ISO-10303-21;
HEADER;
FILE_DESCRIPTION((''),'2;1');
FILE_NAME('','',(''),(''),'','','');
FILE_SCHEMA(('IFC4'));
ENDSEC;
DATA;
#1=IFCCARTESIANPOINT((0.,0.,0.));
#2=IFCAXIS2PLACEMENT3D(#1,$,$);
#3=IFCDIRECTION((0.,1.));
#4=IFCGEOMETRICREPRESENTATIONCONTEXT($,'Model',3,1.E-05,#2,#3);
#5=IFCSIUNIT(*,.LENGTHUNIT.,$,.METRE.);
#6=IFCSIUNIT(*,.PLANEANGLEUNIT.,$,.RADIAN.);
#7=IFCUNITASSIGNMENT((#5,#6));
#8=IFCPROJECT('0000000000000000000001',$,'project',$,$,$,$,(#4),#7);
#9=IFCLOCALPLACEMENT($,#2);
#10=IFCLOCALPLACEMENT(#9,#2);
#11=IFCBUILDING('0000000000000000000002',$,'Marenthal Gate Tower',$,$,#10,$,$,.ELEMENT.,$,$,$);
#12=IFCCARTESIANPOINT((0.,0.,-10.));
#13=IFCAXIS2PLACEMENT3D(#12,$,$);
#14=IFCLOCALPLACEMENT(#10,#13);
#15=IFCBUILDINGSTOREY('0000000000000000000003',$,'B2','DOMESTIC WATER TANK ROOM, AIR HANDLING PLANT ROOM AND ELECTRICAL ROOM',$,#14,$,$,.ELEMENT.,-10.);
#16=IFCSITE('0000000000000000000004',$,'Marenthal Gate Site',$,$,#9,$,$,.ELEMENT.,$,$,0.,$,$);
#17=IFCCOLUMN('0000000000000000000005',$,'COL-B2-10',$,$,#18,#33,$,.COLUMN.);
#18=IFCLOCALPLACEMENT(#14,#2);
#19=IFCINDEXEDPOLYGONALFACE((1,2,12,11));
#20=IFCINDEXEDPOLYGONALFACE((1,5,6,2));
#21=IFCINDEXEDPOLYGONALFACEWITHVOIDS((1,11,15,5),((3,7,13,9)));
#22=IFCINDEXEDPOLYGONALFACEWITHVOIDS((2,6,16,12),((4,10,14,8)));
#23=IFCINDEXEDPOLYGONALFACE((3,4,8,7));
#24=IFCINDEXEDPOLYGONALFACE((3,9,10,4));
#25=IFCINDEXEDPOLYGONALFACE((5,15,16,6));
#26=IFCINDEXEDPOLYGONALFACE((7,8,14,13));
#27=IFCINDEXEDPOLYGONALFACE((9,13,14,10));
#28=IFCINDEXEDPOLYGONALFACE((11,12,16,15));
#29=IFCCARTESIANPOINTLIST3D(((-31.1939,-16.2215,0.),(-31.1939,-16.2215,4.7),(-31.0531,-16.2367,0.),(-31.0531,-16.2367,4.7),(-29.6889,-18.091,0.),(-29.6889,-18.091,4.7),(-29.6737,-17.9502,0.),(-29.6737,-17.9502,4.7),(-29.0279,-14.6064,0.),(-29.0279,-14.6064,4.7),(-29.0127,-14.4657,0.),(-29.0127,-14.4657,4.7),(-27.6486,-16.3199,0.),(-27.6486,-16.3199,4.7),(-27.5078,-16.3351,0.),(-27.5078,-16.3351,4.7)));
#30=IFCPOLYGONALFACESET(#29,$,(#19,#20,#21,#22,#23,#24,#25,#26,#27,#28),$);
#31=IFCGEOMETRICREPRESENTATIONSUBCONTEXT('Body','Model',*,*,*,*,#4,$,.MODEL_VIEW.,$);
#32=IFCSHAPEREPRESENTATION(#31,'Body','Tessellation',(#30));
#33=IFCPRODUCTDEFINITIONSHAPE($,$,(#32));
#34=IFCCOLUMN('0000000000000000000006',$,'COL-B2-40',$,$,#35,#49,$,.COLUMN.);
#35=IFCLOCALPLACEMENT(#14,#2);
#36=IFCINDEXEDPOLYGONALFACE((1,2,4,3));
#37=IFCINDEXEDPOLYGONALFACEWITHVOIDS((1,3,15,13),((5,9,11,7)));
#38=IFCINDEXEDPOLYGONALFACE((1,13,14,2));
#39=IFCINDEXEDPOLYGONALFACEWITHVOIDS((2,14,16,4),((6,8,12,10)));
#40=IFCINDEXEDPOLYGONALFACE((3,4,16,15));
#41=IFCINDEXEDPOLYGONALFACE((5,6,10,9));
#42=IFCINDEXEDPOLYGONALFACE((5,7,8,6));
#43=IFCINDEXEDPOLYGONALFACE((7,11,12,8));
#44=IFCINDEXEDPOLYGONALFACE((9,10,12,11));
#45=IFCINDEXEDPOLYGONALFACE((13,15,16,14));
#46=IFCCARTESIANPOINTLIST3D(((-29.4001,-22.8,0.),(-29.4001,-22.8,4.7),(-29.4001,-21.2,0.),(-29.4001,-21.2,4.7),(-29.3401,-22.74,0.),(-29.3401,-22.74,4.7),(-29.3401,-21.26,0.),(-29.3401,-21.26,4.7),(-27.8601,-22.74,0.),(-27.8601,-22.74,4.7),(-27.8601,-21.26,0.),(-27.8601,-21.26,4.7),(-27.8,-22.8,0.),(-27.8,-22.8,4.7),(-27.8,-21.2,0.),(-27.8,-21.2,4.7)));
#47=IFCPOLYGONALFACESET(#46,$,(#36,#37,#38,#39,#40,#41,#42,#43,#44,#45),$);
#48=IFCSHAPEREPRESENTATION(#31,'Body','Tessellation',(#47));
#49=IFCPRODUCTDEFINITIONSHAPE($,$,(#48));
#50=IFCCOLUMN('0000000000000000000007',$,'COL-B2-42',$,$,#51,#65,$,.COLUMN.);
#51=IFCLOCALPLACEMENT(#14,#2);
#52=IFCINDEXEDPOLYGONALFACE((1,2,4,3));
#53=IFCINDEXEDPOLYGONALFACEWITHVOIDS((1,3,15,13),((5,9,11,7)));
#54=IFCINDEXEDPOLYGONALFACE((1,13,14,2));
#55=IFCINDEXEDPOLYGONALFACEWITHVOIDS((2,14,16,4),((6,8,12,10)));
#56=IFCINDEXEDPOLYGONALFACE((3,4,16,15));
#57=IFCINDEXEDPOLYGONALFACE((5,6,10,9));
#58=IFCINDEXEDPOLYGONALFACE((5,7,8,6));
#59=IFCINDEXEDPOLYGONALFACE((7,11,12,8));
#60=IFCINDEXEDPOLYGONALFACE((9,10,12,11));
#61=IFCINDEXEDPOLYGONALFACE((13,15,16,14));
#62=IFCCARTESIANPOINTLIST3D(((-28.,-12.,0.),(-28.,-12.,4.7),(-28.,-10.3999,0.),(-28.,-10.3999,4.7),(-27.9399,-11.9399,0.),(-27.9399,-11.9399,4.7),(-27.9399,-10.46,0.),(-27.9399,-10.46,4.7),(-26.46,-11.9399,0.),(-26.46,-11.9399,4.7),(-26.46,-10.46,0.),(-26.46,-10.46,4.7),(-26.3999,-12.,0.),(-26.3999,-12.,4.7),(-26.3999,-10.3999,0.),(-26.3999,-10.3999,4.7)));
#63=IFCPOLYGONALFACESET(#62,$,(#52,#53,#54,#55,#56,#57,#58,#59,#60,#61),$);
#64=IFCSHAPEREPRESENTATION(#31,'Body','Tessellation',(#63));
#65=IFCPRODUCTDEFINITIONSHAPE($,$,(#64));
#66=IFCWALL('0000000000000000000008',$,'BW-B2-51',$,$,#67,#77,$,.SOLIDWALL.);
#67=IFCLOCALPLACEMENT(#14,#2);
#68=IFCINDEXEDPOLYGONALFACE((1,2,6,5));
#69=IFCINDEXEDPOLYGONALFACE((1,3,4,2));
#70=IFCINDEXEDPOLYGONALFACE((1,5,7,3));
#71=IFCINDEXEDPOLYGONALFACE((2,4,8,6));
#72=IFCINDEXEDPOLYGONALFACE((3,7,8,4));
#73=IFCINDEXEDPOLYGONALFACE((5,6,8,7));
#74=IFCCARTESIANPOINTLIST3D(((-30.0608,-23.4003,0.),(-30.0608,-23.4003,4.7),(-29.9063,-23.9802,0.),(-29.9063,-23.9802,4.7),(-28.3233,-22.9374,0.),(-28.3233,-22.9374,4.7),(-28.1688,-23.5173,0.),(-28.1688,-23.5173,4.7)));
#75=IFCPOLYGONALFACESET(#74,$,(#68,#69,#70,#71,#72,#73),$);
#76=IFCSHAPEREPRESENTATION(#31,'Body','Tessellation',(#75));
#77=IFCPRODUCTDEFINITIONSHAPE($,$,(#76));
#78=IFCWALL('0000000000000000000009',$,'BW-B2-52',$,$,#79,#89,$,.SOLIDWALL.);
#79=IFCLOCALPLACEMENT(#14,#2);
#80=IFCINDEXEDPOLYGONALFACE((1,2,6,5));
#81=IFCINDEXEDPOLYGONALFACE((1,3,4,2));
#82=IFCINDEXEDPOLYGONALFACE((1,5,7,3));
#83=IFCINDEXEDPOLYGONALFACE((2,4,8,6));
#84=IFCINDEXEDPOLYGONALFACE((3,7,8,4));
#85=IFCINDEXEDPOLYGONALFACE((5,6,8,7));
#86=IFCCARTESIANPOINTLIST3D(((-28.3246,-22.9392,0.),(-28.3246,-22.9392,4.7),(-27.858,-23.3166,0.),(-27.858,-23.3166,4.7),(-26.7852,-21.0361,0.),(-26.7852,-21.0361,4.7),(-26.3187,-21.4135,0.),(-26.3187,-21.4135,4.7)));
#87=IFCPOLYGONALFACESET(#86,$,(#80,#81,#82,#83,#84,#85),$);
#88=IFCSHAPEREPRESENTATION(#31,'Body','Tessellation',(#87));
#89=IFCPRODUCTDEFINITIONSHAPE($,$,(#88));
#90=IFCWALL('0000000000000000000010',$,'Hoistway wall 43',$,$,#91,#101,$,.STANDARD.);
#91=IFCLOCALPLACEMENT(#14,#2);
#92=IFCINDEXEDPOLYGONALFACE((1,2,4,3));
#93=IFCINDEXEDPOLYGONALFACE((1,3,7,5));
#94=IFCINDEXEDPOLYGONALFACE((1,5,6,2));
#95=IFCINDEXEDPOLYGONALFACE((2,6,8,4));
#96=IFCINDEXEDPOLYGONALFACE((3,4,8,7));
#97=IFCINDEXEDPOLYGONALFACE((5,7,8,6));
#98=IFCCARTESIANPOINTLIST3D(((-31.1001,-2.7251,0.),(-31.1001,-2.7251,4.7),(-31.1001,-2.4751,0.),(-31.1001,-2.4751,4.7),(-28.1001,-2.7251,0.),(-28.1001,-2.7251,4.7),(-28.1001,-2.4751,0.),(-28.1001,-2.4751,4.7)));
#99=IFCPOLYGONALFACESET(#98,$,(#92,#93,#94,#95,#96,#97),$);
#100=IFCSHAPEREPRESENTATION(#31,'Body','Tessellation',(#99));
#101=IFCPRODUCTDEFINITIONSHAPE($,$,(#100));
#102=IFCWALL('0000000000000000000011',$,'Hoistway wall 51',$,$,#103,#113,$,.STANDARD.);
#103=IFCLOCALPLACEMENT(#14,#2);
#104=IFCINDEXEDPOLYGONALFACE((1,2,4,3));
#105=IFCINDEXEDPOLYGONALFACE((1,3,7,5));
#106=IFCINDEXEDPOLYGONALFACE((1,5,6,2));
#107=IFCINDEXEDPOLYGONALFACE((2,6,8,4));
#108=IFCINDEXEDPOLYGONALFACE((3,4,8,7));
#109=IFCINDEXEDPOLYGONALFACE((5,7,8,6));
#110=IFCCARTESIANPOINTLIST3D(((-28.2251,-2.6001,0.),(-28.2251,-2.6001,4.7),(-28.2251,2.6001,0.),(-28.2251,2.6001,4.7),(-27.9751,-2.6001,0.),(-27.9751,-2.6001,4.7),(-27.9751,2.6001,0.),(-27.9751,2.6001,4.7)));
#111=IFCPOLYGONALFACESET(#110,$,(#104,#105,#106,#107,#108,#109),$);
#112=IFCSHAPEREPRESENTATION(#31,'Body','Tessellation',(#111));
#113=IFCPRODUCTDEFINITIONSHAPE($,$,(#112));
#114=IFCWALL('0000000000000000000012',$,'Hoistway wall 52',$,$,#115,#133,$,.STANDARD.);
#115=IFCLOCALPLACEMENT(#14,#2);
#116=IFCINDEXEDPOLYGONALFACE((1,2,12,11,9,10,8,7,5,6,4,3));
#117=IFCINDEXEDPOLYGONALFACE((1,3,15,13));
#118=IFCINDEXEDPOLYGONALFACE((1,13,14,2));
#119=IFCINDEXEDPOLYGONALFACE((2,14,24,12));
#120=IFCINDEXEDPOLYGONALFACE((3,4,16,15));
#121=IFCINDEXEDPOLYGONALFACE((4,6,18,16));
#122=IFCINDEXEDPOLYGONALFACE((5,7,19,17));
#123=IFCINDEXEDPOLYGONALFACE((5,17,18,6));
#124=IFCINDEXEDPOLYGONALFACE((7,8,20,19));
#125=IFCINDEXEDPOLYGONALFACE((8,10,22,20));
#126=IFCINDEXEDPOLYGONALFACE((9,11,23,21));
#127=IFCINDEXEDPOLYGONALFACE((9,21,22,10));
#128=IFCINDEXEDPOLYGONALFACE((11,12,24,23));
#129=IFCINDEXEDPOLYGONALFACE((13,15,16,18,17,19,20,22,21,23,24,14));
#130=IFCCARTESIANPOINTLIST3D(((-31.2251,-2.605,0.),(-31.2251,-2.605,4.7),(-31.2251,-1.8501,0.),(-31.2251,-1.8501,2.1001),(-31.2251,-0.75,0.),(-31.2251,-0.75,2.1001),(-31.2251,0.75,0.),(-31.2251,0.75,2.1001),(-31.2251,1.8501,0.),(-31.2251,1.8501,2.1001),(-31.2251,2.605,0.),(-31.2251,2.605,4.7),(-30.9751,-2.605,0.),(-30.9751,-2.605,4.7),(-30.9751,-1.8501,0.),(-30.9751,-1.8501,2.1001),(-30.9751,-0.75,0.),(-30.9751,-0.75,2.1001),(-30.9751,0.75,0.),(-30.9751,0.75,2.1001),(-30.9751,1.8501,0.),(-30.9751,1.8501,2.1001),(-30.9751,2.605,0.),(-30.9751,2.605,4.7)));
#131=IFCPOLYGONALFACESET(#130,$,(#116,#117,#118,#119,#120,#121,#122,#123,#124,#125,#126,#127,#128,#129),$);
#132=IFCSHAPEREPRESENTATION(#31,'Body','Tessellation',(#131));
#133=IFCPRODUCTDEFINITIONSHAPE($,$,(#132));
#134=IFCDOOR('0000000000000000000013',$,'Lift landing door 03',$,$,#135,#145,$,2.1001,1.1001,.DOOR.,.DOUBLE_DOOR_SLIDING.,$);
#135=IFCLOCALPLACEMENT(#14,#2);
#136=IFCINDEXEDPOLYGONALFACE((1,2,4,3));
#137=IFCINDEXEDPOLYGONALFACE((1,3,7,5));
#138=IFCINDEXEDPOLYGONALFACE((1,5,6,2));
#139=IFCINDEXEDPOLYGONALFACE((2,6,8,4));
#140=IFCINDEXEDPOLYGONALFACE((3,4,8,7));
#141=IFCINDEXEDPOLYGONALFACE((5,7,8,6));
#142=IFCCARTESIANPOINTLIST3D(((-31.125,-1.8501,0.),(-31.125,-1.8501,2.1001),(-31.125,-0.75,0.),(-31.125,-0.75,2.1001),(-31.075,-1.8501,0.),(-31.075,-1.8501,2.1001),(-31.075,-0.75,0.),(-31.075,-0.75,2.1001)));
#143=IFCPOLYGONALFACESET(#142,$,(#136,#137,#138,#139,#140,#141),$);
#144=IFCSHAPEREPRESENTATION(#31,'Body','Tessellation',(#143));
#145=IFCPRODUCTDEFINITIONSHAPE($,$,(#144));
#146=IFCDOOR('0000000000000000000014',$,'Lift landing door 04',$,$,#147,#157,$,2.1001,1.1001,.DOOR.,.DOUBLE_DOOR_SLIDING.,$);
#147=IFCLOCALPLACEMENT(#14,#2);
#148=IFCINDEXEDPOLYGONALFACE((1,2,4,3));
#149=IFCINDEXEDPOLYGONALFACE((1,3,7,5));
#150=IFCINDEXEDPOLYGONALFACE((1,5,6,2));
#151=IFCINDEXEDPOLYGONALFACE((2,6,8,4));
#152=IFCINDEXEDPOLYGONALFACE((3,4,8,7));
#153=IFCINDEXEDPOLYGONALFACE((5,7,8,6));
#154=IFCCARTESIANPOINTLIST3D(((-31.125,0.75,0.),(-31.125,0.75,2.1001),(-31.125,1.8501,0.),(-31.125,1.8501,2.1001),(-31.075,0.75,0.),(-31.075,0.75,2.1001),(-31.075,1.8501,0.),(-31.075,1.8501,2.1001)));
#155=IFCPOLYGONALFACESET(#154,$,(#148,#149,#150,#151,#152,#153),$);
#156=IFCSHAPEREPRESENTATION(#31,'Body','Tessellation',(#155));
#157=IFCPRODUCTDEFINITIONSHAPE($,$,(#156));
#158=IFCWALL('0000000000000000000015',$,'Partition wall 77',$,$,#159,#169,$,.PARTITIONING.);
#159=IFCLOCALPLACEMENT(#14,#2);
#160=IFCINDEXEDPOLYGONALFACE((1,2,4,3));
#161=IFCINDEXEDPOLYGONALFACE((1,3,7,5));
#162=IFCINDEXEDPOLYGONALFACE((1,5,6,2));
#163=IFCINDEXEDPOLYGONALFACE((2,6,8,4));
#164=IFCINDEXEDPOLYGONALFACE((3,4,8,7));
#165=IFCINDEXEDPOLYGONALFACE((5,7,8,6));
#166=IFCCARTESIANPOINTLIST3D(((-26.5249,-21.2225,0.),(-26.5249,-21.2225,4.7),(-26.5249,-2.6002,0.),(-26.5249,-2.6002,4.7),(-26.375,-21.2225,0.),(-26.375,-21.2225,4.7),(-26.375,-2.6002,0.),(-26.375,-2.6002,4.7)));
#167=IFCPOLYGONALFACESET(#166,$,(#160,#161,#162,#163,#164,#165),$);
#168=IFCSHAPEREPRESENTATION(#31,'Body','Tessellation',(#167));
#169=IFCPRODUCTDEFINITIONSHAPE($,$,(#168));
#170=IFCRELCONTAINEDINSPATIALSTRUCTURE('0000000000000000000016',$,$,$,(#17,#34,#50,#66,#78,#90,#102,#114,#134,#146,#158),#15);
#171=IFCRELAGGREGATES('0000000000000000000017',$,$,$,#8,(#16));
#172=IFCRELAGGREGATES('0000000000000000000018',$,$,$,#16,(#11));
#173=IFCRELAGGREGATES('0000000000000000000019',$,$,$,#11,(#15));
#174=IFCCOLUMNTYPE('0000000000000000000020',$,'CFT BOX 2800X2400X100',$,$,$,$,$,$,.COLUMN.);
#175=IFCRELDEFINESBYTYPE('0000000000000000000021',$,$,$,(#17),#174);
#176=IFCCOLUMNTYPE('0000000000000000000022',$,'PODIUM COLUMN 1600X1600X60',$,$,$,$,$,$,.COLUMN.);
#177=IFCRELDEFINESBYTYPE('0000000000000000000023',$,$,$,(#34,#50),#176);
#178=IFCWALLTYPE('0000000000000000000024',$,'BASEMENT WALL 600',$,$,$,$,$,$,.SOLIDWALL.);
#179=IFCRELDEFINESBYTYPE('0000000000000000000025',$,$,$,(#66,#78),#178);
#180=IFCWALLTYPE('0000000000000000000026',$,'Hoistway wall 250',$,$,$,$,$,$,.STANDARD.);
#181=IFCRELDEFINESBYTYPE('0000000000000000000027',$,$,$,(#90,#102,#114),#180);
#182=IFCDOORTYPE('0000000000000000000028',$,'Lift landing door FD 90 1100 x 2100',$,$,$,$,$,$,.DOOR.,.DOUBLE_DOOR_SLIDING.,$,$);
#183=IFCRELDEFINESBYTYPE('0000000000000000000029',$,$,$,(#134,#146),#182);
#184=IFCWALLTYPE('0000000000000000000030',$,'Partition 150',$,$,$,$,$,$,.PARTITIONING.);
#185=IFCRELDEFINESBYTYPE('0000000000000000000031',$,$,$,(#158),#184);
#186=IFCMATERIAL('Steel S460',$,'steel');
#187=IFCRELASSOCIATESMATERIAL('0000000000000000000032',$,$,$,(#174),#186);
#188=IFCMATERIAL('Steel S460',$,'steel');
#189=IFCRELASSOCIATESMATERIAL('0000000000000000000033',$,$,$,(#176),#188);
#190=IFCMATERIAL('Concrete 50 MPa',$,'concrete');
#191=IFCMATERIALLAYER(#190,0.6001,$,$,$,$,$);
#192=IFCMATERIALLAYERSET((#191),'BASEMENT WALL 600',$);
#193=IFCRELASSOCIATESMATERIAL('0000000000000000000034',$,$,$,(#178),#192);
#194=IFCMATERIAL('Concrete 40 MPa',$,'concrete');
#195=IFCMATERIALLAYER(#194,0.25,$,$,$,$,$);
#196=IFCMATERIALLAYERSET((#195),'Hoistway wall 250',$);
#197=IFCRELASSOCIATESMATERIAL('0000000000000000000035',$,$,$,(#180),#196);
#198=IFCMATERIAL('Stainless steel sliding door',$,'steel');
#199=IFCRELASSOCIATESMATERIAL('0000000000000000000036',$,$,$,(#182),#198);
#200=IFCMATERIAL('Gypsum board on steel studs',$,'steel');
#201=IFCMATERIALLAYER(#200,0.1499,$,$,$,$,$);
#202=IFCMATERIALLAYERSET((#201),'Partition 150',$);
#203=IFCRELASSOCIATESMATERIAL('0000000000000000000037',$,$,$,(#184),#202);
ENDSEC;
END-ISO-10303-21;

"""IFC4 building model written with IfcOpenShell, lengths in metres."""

from ifc_helpers import new_model, si_unit, direction, frame, frame_2d, origin, origin_2d, place, context, subcontext, project, spatial, rectangle, hollow_rectangle, extrude, material, layer, layer_set, material_profile, profile_set, type_object, element, fill, save


model = new_model("IFC4")

# Units and contexts
model_context = context("Model", 3, precision=1e-05, world=origin(), true_north=direction((0.0, 1.0)))
body_context = subcontext(model_context, "Body", "Model", "MODEL_VIEW")
ifc_project = project(units=[si_unit("LENGTHUNIT", "METRE"), si_unit("PLANEANGLEUNIT", "RADIAN")], contexts=[model_context])

# Site, building, storey
site_placement = place(None, origin())
site = spatial("IfcSite", under=ifc_project, at=site_placement, Name="Marenthal Gate Site", CompositionType="ELEMENT", RefElevation=0.0)
building_placement = place(site_placement, origin())
building = spatial("IfcBuilding", under=site, at=building_placement, Name="Marenthal Gate Tower", CompositionType="ELEMENT")
storey_placement = place(building_placement, frame((0.0, 0.0, -10.0)))
storey = spatial("IfcBuildingStorey", under=building, at=storey_placement, Name="B2", Description="DOMESTIC WATER TANK ROOM, AIR HANDLING PLANT ROOM AND ELECTRICAL ROOM", CompositionType="ELEMENT", Elevation=-10.0)

# Columns
ifc_material_1 = material(Name="Steel S460", Category="steel")
ifc_material_profile_1 = material_profile(ifc_material_1, hollow_rectangle(XDim=2.3999, YDim=2.8, WallThickness=0.1001, at=origin_2d()), Name="CFT BOX 2800X2400X100")
ifc_material_2 = material(Name="Concrete 70 MPa", Category="concrete")
ifc_material_profile_2 = material_profile(ifc_material_2, rectangle(XDim=2.2, YDim=2.6001, at=origin_2d()), Name="CFT BOX 2800X2400X100 INFILL")
ifc_profile_set_1 = profile_set([ifc_material_profile_1, ifc_material_profile_2], Name="Steel S460 shell, Concrete 70 MPa infill")
column_type_1 = type_object("IfcColumnType", Name="CFT BOX 2800X2400X100", PredefinedType="COLUMN", material=ifc_profile_set_1)
for number, where, z_axis, x_axis, name in (
    (1, (-29.3508, -16.2783, 0.0), (0.0, 0.0, 1.0), (-0.62707, 0.778963, 0.0), "COL-B2-10"),
):
    element("IfcColumn", number, at=place(storey_placement, frame(where, z_axis=z_axis, x_axis=x_axis)), inside=storey, type_object=column_type_1, Name=name, PredefinedType="COLUMN", context=body_context, shape_type="SweptSolid", body=[
        extrude(hollow_rectangle(XDim=2.3999, YDim=2.8, WallThickness=0.1001, at=origin_2d()), origin(), (0.0, 0.0, 1.0), 4.7),
    ])
ifc_material_3 = material(Name="Steel S460", Category="steel")
ifc_material_profile_3 = material_profile(ifc_material_3, hollow_rectangle(XDim=1.6001, YDim=1.6001, WallThickness=0.0601, at=origin_2d()), Name="CFT BOX 1600X1600X60")
ifc_material_4 = material(Name="Concrete 70 MPa", Category="concrete")
ifc_material_profile_4 = material_profile(ifc_material_4, rectangle(XDim=1.48, YDim=1.48, at=origin_2d()), Name="CFT BOX 1600X1600X60 INFILL")
ifc_profile_set_2 = profile_set([ifc_material_profile_3, ifc_material_profile_4], Name="Steel S460 shell, Concrete 70 MPa infill")
column_type_2 = type_object("IfcColumnType", Name="PODIUM COLUMN 1600X1600X60", PredefinedType="COLUMN", material=ifc_profile_set_2)
for number, where, z_axis, x_axis, name in (
    (2, (-28.6001, -22.0, 0.0), (0.0, 0.0, 1.0), (1.0, 0.0, 0.0), "COL-B2-40"),
    (3, (-27.2, -11.2, 0.0), (0.0, 0.0, 1.0), (1.0, 0.0, 0.0), "COL-B2-42"),
):
    element("IfcColumn", number, at=place(storey_placement, frame(where, z_axis=z_axis, x_axis=x_axis)), inside=storey, type_object=column_type_2, Name=name, PredefinedType="COLUMN", context=body_context, shape_type="SweptSolid", body=[
        extrude(hollow_rectangle(XDim=1.6001, YDim=1.6001, WallThickness=0.0601, at=origin_2d()), origin(), (0.0, 0.0, 1.0), 4.7),
    ])

# Walls
ifc_material_5 = material(Name="Concrete 50 MPa", Category="concrete")
ifc_layer_1 = layer(ifc_material_5, 0.6001)
ifc_layer_set_1 = layer_set([ifc_layer_1], Name="BASEMENT WALL 600")
wall_type_1 = type_object("IfcWallType", Name="BASEMENT WALL 600", PredefinedType="SOLIDWALL", material=ifc_layer_set_1)
wall_1_placement = place(storey_placement, frame((-29.9834, -23.6902, 0.0), z_axis=(0.0, 0.0, 1.0), x_axis=(0.966298, 0.257426, 0.0)))
element("IfcWall", 4, at=wall_1_placement, inside=storey, type_object=wall_type_1, Name="BW-B2-51", PredefinedType="SOLIDWALL", context=body_context, shape_type="SweptSolid", body=[
    extrude(rectangle(XDim=1.7981, YDim=0.6001, at=frame_2d((0.8989, 0.0))), origin(), (0.0, 0.0, 1.0), 4.7),
])
wall_2_placement = place(storey_placement, frame((-28.0913, -23.1279, 0.0), z_axis=(0.0, 0.0, 1.0), x_axis=(0.628883, 0.7775, 0.0)))
element("IfcWall", 5, at=wall_2_placement, inside=storey, type_object=wall_type_1, Name="BW-B2-52", PredefinedType="SOLIDWALL", context=body_context, shape_type="SweptSolid", body=[
    extrude(rectangle(XDim=2.4478, YDim=0.6001, at=frame_2d((1.2239, 0.0))), origin(), (0.0, 0.0, 1.0), 4.7),
])
ifc_material_6 = material(Name="Concrete 40 MPa", Category="concrete")
ifc_layer_2 = layer(ifc_material_6, 0.25)
ifc_layer_set_2 = layer_set([ifc_layer_2], Name="Hoistway wall 250")
wall_type_2 = type_object("IfcWallType", Name="Hoistway wall 250", PredefinedType="STANDARD", material=ifc_layer_set_2)
wall_3_placement = place(storey_placement, frame((-31.1001, -2.6001, 0.0), z_axis=(0.0, 0.0, 1.0), x_axis=(1.0, 0.0, 0.0)))
element("IfcWall", 6, at=wall_3_placement, inside=storey, type_object=wall_type_2, Name="Hoistway wall 43", PredefinedType="STANDARD", context=body_context, shape_type="SweptSolid", body=[
    extrude(rectangle(XDim=3.0, YDim=0.25, at=frame_2d((1.5, 0.0))), origin(), (0.0, 0.0, 1.0), 4.7),
])
wall_4_placement = place(storey_placement, frame((-28.1001, -2.6001, 0.0), z_axis=(0.0, 0.0, 1.0), x_axis=(0.0, 1.0, 0.0)))
element("IfcWall", 7, at=wall_4_placement, inside=storey, type_object=wall_type_2, Name="Hoistway wall 51", PredefinedType="STANDARD", context=body_context, shape_type="SweptSolid", body=[
    extrude(rectangle(XDim=5.2002, YDim=0.25, at=frame_2d((2.6001, 0.0))), origin(), (0.0, 0.0, 1.0), 4.7),
])

# Wall, openings, doors
wall_5_placement = place(storey_placement, frame((-31.1001, -2.605, 0.0), z_axis=(0.0, 0.0, 1.0), x_axis=(0.0, 1.0, 0.0)))
wall_5 = element("IfcWall", 8, at=wall_5_placement, inside=storey, type_object=wall_type_2, Name="Hoistway wall 52", PredefinedType="STANDARD", context=body_context, shape_type="SweptSolid", body=[
    extrude(rectangle(XDim=5.21, YDim=0.25, at=frame_2d((2.605, 0.0))), origin(), (0.0, 0.0, 1.0), 4.7),
])
opening_1_placement = place(wall_5_placement, frame((0.7549, 0.0, 0.0)))
opening_1 = element("IfcOpeningElement", 9, at=opening_1_placement, cuts=wall_5, PredefinedType="OPENING", context=body_context, shape_type="SweptSolid", body=[
    extrude(rectangle(XDim=1.1001, YDim=2.1001, at=frame_2d((0.55, 1.05))), frame((0.0, 0.135, 0.0), z_axis=(0.0, -1.0, 0.0), x_axis=(1.0, 0.0, 0.0)), (0.0, 0.0, 1.0), 0.27),
])
opening_2_placement = place(wall_5_placement, frame((3.355, 0.0, 0.0)))
opening_2 = element("IfcOpeningElement", 10, at=opening_2_placement, cuts=wall_5, PredefinedType="OPENING", context=body_context, shape_type="SweptSolid", body=[
    extrude(rectangle(XDim=1.1001, YDim=2.1001, at=frame_2d((0.55, 1.05))), frame((0.0, 0.135, 0.0), z_axis=(0.0, -1.0, 0.0), x_axis=(1.0, 0.0, 0.0)), (0.0, 0.0, 1.0), 0.27),
])
ifc_material_7 = material(Name="Stainless steel sliding door", Category="steel")
door_type_1 = type_object("IfcDoorType", Name="Lift landing door FD 90 1100 x 2100", OperationType="DOUBLE_DOOR_SLIDING", PredefinedType="DOOR", material=ifc_material_7)
door_1_placement = place(opening_1_placement, origin())
door_1 = element("IfcDoor", 11, at=door_1_placement, inside=storey, type_object=door_type_1, Name="Lift landing door 03", OperationType="DOUBLE_DOOR_SLIDING", OverallHeight=2.1001, OverallWidth=1.1001, PredefinedType="DOOR", context=body_context, shape_type="SweptSolid", body=[
    extrude(rectangle(XDim=1.1001, YDim=2.1001, at=frame_2d((0.55, 1.05))), frame((0.0, 0.0249, 0.0), z_axis=(0.0, -1.0, 0.0), x_axis=(1.0, 0.0, 0.0)), (0.0, 0.0, 1.0), 0.05),
])
fill(opening_1, door_1)
door_2_placement = place(opening_2_placement, origin())
door_2 = element("IfcDoor", 12, at=door_2_placement, inside=storey, type_object=door_type_1, Name="Lift landing door 04", OperationType="DOUBLE_DOOR_SLIDING", OverallHeight=2.1001, OverallWidth=1.1001, PredefinedType="DOOR", context=body_context, shape_type="SweptSolid", body=[
    extrude(rectangle(XDim=1.1001, YDim=2.1001, at=frame_2d((0.55, 1.05))), frame((0.0, 0.0249, 0.0), z_axis=(0.0, -1.0, 0.0), x_axis=(1.0, 0.0, 0.0)), (0.0, 0.0, 1.0), 0.05),
])
fill(opening_2, door_2)

# Wall
ifc_material_8 = material(Name="Gypsum board on steel studs", Category="steel")
ifc_layer_3 = layer(ifc_material_8, 0.1499)
ifc_layer_set_3 = layer_set([ifc_layer_3], Name="Partition 150")
wall_type_3 = type_object("IfcWallType", Name="Partition 150", PredefinedType="PARTITIONING", material=ifc_layer_set_3)
wall_6_placement = place(storey_placement, frame((-26.45, -21.2224, 0.0), z_axis=(0.0, 0.0, 1.0), x_axis=(0.0, 1.0, 0.0)))
element("IfcWall", 13, at=wall_6_placement, inside=storey, type_object=wall_type_3, Name="Partition wall 77", PredefinedType="PARTITIONING", context=body_context, shape_type="SweptSolid", body=[
    extrude(rectangle(XDim=18.6223, YDim=0.1499, at=frame_2d((9.311, 0.0))), origin(), (0.0, 0.0, 1.0), 4.7),
])

save(model, "model.ifc")
